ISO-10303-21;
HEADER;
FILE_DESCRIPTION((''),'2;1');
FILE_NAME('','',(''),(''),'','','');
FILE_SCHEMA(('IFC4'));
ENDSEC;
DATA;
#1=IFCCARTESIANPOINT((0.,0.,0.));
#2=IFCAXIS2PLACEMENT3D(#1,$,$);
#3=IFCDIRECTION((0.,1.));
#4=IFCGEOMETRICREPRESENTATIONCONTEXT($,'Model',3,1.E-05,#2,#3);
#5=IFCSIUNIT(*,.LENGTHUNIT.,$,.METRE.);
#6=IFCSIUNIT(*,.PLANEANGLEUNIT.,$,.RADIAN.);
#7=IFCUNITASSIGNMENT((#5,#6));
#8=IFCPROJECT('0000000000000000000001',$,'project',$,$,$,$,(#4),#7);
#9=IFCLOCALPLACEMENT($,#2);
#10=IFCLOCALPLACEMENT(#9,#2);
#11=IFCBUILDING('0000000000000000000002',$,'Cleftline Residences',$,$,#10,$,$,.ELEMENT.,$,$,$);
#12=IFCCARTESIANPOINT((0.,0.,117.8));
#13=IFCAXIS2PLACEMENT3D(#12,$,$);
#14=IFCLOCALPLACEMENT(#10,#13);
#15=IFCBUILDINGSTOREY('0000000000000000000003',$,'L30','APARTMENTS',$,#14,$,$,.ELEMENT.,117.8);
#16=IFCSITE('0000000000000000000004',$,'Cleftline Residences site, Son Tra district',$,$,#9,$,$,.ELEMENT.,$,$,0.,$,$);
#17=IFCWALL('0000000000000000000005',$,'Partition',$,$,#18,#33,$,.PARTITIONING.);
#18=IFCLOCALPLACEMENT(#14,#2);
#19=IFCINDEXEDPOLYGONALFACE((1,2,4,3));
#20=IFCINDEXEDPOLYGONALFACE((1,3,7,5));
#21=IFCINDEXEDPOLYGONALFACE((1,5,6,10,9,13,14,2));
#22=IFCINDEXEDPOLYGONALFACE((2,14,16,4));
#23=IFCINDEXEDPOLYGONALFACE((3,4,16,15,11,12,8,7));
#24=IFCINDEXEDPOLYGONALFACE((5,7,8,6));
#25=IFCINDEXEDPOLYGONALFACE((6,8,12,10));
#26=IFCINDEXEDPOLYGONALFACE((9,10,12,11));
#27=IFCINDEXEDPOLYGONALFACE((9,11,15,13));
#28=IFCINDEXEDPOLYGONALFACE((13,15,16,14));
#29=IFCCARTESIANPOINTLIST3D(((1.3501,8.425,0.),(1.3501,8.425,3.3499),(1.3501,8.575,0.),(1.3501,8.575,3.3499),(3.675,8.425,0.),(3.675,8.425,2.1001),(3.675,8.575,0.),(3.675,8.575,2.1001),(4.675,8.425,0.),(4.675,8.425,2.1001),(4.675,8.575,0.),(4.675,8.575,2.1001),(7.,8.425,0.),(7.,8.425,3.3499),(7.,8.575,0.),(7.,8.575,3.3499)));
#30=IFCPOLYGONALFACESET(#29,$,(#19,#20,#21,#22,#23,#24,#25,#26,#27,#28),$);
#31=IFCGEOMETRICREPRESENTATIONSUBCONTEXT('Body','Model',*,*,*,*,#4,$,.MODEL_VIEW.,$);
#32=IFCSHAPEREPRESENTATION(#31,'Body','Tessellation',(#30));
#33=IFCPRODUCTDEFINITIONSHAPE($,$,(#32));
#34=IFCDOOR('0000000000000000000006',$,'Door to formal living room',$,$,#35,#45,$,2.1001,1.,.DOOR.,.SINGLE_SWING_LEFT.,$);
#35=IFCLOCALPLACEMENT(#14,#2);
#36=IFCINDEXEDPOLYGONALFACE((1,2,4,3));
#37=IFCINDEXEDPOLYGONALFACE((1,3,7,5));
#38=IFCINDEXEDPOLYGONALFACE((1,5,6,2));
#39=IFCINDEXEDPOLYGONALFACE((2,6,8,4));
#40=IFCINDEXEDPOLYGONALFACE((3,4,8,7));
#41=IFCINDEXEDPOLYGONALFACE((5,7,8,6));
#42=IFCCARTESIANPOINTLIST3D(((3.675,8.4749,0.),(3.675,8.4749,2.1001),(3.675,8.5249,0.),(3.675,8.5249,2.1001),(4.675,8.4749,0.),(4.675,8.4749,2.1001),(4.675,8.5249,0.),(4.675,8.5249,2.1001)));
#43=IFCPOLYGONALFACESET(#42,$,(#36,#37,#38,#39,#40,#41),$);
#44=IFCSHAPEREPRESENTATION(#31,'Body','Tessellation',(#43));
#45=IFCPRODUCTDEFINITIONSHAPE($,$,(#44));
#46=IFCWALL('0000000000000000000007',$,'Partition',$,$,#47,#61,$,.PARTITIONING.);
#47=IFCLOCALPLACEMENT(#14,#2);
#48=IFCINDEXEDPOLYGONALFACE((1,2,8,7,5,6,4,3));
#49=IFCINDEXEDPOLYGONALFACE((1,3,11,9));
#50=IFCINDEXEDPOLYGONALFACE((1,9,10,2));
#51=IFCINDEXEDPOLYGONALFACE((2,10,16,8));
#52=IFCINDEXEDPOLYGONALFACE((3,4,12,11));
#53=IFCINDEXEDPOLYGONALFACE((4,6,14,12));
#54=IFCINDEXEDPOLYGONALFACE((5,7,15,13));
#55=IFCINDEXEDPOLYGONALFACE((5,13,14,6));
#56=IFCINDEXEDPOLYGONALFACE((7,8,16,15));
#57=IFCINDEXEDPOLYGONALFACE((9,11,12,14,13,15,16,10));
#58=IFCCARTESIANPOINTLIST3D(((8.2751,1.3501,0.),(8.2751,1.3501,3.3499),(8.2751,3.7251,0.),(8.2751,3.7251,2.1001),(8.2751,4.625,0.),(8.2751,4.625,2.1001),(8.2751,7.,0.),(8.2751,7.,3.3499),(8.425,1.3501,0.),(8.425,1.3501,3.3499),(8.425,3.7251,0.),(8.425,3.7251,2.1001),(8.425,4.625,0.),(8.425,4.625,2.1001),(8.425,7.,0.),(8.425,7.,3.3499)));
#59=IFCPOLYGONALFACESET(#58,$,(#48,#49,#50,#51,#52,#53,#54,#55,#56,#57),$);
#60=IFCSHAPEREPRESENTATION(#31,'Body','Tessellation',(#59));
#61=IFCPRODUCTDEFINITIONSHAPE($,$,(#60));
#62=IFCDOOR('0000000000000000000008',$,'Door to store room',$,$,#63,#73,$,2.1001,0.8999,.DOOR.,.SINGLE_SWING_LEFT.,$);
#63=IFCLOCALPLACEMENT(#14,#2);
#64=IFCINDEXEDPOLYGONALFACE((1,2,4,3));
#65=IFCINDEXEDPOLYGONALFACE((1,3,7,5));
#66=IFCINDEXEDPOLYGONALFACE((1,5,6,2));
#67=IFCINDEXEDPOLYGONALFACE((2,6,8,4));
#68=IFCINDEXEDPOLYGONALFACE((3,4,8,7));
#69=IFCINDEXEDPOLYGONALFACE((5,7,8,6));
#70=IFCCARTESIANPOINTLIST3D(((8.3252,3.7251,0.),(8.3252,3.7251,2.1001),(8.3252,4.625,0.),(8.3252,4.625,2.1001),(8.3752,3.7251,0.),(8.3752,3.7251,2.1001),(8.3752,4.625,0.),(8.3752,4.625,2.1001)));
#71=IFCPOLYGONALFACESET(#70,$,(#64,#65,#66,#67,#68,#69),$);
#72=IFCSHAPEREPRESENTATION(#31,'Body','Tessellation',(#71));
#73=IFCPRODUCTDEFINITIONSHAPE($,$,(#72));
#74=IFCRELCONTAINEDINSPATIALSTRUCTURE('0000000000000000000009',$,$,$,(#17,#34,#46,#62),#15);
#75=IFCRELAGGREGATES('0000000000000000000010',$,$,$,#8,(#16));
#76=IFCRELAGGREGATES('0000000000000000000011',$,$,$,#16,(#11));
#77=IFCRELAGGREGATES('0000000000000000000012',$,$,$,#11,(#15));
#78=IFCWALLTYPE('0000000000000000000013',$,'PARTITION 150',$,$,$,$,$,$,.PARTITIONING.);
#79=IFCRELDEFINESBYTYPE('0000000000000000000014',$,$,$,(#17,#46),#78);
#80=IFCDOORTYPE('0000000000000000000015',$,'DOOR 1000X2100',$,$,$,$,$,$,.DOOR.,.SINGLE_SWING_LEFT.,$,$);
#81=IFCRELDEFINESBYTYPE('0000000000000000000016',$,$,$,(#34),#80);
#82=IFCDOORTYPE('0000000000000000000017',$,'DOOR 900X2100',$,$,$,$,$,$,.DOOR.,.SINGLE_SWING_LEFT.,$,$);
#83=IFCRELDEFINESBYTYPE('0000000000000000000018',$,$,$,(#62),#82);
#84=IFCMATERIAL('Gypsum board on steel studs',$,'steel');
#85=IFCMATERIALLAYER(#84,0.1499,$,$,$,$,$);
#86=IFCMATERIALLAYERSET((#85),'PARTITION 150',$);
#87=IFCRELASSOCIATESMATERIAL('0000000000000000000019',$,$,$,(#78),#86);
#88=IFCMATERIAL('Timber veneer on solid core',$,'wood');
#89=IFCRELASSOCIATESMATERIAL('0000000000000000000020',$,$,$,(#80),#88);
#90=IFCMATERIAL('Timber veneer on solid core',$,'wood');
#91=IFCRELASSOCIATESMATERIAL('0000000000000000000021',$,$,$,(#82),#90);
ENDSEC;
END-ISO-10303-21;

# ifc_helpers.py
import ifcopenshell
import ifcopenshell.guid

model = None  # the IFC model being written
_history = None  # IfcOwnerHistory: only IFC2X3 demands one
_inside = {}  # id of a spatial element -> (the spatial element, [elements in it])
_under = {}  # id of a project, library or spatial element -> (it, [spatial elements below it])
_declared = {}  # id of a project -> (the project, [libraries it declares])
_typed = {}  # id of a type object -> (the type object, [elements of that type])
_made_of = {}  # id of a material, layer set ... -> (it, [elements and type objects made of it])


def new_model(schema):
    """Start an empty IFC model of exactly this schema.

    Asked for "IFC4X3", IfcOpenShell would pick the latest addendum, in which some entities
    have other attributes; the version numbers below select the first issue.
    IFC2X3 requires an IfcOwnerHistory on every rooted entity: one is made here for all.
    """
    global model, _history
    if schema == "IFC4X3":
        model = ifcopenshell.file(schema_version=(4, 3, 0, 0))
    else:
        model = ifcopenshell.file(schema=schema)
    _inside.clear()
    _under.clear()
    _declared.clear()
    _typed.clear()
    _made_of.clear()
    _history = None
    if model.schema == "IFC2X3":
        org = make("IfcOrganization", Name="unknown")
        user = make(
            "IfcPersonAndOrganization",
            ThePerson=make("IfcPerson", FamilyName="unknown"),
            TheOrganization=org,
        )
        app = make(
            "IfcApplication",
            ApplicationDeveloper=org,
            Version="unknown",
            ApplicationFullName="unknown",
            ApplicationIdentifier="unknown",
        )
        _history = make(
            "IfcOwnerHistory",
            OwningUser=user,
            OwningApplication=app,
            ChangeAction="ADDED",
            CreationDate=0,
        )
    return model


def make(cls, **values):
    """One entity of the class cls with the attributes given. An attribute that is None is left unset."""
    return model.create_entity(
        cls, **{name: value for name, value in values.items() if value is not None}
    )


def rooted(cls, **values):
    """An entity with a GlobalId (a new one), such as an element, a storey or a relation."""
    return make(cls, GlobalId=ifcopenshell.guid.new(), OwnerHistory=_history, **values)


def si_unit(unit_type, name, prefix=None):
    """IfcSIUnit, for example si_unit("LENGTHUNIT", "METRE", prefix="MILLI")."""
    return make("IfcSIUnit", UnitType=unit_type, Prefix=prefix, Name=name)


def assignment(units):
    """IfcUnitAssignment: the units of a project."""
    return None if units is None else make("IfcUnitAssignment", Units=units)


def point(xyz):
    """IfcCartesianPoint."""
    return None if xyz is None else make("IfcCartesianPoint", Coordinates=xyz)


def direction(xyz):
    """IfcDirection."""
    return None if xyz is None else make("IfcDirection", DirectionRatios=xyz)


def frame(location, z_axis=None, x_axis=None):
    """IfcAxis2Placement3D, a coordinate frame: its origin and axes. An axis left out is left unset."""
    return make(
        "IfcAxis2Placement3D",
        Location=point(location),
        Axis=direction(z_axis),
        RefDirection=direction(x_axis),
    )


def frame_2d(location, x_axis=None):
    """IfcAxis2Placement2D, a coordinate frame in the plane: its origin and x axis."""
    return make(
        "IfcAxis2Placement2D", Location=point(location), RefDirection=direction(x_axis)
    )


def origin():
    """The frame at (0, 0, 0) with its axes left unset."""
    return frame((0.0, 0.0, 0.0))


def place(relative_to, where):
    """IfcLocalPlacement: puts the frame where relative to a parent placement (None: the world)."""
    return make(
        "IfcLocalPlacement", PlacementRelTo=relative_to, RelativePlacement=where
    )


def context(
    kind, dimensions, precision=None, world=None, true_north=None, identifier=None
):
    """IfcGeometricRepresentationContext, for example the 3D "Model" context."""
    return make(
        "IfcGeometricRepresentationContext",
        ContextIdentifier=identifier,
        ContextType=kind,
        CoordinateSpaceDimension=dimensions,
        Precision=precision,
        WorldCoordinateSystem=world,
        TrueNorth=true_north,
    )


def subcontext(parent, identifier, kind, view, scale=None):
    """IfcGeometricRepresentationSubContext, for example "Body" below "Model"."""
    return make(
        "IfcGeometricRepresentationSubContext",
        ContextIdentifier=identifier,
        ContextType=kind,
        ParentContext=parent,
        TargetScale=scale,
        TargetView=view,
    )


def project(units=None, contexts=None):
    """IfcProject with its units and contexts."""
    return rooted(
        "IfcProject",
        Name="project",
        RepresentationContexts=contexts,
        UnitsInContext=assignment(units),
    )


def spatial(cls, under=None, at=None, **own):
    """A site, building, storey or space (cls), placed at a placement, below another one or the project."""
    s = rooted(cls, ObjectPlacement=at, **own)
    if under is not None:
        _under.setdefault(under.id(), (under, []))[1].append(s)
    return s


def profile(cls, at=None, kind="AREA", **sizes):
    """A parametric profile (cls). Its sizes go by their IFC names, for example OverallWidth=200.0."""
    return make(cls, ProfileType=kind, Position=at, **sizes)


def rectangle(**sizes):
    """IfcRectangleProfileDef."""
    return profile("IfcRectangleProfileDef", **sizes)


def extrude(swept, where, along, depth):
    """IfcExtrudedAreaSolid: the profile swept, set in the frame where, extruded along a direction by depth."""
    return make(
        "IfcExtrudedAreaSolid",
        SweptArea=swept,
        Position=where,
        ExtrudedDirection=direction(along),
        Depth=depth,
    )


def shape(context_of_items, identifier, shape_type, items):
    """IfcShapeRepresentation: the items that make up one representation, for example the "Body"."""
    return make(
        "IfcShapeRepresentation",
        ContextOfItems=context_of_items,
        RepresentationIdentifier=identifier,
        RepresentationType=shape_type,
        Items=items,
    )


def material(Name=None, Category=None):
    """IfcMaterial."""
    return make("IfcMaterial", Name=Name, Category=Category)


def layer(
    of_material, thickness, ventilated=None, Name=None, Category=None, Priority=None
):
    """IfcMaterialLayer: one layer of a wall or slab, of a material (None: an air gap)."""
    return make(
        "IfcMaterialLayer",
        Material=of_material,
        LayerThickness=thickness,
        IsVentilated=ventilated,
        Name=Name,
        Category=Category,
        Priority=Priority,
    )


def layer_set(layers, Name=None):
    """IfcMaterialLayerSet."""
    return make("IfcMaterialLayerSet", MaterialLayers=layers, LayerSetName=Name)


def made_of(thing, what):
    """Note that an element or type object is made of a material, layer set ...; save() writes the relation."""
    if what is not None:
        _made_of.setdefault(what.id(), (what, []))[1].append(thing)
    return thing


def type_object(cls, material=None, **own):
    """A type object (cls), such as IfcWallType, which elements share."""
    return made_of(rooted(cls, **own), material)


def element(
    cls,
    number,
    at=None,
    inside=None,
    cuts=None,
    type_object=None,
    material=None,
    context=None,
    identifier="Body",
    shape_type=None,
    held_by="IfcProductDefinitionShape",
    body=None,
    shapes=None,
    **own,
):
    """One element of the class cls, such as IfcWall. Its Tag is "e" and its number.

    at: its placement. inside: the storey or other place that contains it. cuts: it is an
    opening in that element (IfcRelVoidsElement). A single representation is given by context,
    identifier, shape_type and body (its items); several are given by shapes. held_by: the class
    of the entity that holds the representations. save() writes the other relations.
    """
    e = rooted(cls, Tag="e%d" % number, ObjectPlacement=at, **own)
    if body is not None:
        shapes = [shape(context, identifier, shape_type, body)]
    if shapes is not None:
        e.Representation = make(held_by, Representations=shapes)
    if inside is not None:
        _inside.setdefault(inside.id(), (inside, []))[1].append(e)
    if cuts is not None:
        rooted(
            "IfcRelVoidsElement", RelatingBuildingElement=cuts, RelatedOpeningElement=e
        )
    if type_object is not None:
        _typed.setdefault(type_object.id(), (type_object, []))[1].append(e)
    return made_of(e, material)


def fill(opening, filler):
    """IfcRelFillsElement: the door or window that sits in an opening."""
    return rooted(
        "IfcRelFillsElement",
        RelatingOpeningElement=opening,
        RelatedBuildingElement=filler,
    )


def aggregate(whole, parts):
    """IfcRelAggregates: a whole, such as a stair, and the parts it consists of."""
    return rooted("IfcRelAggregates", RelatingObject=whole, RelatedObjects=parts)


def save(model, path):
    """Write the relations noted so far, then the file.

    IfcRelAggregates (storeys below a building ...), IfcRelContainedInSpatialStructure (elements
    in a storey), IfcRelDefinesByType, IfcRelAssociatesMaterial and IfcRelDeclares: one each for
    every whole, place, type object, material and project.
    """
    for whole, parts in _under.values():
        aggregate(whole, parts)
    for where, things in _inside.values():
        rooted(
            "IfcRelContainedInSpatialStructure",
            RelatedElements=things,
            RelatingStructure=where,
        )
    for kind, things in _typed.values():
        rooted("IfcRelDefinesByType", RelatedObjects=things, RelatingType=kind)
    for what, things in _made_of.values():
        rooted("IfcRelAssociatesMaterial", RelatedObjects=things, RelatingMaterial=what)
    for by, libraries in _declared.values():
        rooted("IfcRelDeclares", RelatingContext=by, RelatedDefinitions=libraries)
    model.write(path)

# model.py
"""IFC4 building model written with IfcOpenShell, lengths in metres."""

from ifc_helpers import new_model, si_unit, direction, frame, frame_2d, origin, place, context, subcontext, project, spatial, rectangle, extrude, material, layer, layer_set, type_object, element, fill, save


model = new_model("IFC4")

# Units and contexts
model_context = context("Model", 3, precision=1e-05, world=origin(), true_north=direction((0.0, 1.0)))
body_context = subcontext(model_context, "Body", "Model", "MODEL_VIEW")
ifc_project = project(units=[si_unit("LENGTHUNIT", "METRE"), si_unit("PLANEANGLEUNIT", "RADIAN")], contexts=[model_context])

# Site, building, storey
site_placement = place(None, origin())
site = spatial("IfcSite", under=ifc_project, at=site_placement, Name="Cleftline Residences site, Son Tra district", CompositionType="ELEMENT", RefElevation=0.0)
building_placement = place(site_placement, origin())
building = spatial("IfcBuilding", under=site, at=building_placement, Name="Cleftline Residences", CompositionType="ELEMENT")
storey_placement = place(building_placement, frame((0.0, 0.0, 117.8)))
storey = spatial("IfcBuildingStorey", under=building, at=storey_placement, Name="L30", Description="APARTMENTS", CompositionType="ELEMENT", Elevation=117.8)

# Walls, openings, doors
ifc_material_1 = material(Name="Gypsum board on steel studs", Category="steel")
ifc_layer_1 = layer(ifc_material_1, 0.1499)
ifc_layer_set_1 = layer_set([ifc_layer_1], Name="PARTITION 150")
wall_type_1 = type_object("IfcWallType", Name="PARTITION 150", PredefinedType="PARTITIONING", material=ifc_layer_set_1)
wall_1_placement = place(storey_placement, frame((1.3501, 8.5, 0.0), z_axis=(0.0, 0.0, 1.0), x_axis=(1.0, 0.0, 0.0)))
wall_1 = element("IfcWall", 1, at=wall_1_placement, inside=storey, type_object=wall_type_1, Name="Partition", PredefinedType="PARTITIONING", context=body_context, shape_type="SweptSolid", body=[
    extrude(rectangle(XDim=5.6499, YDim=0.1499, at=frame_2d((2.825, 0.0))), origin(), (0.0, 0.0, 1.0), 3.3499),
])
opening_1_placement = place(wall_1_placement, frame((2.325, 0.0, 0.0)))
opening_1 = element("IfcOpeningElement", 2, at=opening_1_placement, cuts=wall_1, PredefinedType="OPENING", context=body_context, shape_type="SweptSolid", body=[
    extrude(rectangle(XDim=1.0, YDim=2.1001, at=frame_2d((0.5, 1.05))), frame((0.0, 0.085, 0.0), z_axis=(0.0, -1.0, 0.0), x_axis=(1.0, 0.0, 0.0)), (0.0, 0.0, 1.0), 0.1699),
])
ifc_material_2 = material(Name="Timber veneer on solid core", Category="wood")
door_type_1 = type_object("IfcDoorType", Name="DOOR 1000X2100", OperationType="SINGLE_SWING_LEFT", PredefinedType="DOOR", material=ifc_material_2)
door_1_placement = place(opening_1_placement, origin())
door_1 = element("IfcDoor", 3, at=door_1_placement, inside=storey, type_object=door_type_1, Name="Door to formal living room", OperationType="SINGLE_SWING_LEFT", OverallHeight=2.1001, OverallWidth=1.0, PredefinedType="DOOR", context=body_context, shape_type="SweptSolid", body=[
    extrude(rectangle(XDim=1.0, YDim=2.1001, at=frame_2d((0.5, 1.05))), frame((0.0, 0.0249, 0.0), z_axis=(0.0, -1.0, 0.0), x_axis=(1.0, 0.0, 0.0)), (0.0, 0.0, 1.0), 0.05),
])
fill(opening_1, door_1)
wall_2_placement = place(storey_placement, frame((8.3501, 1.3501, 0.0), z_axis=(0.0, 0.0, 1.0), x_axis=(0.0, 1.0, 0.0)))
wall_2 = element("IfcWall", 4, at=wall_2_placement, inside=storey, type_object=wall_type_1, Name="Partition", PredefinedType="PARTITIONING", context=body_context, shape_type="SweptSolid", body=[
    extrude(rectangle(XDim=5.6499, YDim=0.1499, at=frame_2d((2.825, 0.0))), origin(), (0.0, 0.0, 1.0), 3.3499),
])
opening_2_placement = place(wall_2_placement, frame((2.375, 0.0, 0.0)))
opening_2 = element("IfcOpeningElement", 5, at=opening_2_placement, cuts=wall_2, PredefinedType="OPENING", context=body_context, shape_type="SweptSolid", body=[
    extrude(rectangle(XDim=0.8999, YDim=2.1001, at=frame_2d((0.45, 1.05))), frame((0.0, 0.085, 0.0), z_axis=(0.0, -1.0, 0.0), x_axis=(1.0, 0.0, 0.0)), (0.0, 0.0, 1.0), 0.1699),
])
ifc_material_3 = material(Name="Timber veneer on solid core", Category="wood")
door_type_2 = type_object("IfcDoorType", Name="DOOR 900X2100", OperationType="SINGLE_SWING_LEFT", PredefinedType="DOOR", material=ifc_material_3)
door_2_placement = place(opening_2_placement, origin())
door_2 = element("IfcDoor", 6, at=door_2_placement, inside=storey, type_object=door_type_2, Name="Door to store room", OperationType="SINGLE_SWING_LEFT", OverallHeight=2.1001, OverallWidth=0.8999, PredefinedType="DOOR", context=body_context, shape_type="SweptSolid", body=[
    extrude(rectangle(XDim=0.8999, YDim=2.1001, at=frame_2d((0.45, 1.05))), frame((0.0, 0.0249, 0.0), z_axis=(0.0, -1.0, 0.0), x_axis=(1.0, 0.0, 0.0)), (0.0, 0.0, 1.0), 0.05),
])
fill(opening_2, door_2)

save(model, "model.ifc")
